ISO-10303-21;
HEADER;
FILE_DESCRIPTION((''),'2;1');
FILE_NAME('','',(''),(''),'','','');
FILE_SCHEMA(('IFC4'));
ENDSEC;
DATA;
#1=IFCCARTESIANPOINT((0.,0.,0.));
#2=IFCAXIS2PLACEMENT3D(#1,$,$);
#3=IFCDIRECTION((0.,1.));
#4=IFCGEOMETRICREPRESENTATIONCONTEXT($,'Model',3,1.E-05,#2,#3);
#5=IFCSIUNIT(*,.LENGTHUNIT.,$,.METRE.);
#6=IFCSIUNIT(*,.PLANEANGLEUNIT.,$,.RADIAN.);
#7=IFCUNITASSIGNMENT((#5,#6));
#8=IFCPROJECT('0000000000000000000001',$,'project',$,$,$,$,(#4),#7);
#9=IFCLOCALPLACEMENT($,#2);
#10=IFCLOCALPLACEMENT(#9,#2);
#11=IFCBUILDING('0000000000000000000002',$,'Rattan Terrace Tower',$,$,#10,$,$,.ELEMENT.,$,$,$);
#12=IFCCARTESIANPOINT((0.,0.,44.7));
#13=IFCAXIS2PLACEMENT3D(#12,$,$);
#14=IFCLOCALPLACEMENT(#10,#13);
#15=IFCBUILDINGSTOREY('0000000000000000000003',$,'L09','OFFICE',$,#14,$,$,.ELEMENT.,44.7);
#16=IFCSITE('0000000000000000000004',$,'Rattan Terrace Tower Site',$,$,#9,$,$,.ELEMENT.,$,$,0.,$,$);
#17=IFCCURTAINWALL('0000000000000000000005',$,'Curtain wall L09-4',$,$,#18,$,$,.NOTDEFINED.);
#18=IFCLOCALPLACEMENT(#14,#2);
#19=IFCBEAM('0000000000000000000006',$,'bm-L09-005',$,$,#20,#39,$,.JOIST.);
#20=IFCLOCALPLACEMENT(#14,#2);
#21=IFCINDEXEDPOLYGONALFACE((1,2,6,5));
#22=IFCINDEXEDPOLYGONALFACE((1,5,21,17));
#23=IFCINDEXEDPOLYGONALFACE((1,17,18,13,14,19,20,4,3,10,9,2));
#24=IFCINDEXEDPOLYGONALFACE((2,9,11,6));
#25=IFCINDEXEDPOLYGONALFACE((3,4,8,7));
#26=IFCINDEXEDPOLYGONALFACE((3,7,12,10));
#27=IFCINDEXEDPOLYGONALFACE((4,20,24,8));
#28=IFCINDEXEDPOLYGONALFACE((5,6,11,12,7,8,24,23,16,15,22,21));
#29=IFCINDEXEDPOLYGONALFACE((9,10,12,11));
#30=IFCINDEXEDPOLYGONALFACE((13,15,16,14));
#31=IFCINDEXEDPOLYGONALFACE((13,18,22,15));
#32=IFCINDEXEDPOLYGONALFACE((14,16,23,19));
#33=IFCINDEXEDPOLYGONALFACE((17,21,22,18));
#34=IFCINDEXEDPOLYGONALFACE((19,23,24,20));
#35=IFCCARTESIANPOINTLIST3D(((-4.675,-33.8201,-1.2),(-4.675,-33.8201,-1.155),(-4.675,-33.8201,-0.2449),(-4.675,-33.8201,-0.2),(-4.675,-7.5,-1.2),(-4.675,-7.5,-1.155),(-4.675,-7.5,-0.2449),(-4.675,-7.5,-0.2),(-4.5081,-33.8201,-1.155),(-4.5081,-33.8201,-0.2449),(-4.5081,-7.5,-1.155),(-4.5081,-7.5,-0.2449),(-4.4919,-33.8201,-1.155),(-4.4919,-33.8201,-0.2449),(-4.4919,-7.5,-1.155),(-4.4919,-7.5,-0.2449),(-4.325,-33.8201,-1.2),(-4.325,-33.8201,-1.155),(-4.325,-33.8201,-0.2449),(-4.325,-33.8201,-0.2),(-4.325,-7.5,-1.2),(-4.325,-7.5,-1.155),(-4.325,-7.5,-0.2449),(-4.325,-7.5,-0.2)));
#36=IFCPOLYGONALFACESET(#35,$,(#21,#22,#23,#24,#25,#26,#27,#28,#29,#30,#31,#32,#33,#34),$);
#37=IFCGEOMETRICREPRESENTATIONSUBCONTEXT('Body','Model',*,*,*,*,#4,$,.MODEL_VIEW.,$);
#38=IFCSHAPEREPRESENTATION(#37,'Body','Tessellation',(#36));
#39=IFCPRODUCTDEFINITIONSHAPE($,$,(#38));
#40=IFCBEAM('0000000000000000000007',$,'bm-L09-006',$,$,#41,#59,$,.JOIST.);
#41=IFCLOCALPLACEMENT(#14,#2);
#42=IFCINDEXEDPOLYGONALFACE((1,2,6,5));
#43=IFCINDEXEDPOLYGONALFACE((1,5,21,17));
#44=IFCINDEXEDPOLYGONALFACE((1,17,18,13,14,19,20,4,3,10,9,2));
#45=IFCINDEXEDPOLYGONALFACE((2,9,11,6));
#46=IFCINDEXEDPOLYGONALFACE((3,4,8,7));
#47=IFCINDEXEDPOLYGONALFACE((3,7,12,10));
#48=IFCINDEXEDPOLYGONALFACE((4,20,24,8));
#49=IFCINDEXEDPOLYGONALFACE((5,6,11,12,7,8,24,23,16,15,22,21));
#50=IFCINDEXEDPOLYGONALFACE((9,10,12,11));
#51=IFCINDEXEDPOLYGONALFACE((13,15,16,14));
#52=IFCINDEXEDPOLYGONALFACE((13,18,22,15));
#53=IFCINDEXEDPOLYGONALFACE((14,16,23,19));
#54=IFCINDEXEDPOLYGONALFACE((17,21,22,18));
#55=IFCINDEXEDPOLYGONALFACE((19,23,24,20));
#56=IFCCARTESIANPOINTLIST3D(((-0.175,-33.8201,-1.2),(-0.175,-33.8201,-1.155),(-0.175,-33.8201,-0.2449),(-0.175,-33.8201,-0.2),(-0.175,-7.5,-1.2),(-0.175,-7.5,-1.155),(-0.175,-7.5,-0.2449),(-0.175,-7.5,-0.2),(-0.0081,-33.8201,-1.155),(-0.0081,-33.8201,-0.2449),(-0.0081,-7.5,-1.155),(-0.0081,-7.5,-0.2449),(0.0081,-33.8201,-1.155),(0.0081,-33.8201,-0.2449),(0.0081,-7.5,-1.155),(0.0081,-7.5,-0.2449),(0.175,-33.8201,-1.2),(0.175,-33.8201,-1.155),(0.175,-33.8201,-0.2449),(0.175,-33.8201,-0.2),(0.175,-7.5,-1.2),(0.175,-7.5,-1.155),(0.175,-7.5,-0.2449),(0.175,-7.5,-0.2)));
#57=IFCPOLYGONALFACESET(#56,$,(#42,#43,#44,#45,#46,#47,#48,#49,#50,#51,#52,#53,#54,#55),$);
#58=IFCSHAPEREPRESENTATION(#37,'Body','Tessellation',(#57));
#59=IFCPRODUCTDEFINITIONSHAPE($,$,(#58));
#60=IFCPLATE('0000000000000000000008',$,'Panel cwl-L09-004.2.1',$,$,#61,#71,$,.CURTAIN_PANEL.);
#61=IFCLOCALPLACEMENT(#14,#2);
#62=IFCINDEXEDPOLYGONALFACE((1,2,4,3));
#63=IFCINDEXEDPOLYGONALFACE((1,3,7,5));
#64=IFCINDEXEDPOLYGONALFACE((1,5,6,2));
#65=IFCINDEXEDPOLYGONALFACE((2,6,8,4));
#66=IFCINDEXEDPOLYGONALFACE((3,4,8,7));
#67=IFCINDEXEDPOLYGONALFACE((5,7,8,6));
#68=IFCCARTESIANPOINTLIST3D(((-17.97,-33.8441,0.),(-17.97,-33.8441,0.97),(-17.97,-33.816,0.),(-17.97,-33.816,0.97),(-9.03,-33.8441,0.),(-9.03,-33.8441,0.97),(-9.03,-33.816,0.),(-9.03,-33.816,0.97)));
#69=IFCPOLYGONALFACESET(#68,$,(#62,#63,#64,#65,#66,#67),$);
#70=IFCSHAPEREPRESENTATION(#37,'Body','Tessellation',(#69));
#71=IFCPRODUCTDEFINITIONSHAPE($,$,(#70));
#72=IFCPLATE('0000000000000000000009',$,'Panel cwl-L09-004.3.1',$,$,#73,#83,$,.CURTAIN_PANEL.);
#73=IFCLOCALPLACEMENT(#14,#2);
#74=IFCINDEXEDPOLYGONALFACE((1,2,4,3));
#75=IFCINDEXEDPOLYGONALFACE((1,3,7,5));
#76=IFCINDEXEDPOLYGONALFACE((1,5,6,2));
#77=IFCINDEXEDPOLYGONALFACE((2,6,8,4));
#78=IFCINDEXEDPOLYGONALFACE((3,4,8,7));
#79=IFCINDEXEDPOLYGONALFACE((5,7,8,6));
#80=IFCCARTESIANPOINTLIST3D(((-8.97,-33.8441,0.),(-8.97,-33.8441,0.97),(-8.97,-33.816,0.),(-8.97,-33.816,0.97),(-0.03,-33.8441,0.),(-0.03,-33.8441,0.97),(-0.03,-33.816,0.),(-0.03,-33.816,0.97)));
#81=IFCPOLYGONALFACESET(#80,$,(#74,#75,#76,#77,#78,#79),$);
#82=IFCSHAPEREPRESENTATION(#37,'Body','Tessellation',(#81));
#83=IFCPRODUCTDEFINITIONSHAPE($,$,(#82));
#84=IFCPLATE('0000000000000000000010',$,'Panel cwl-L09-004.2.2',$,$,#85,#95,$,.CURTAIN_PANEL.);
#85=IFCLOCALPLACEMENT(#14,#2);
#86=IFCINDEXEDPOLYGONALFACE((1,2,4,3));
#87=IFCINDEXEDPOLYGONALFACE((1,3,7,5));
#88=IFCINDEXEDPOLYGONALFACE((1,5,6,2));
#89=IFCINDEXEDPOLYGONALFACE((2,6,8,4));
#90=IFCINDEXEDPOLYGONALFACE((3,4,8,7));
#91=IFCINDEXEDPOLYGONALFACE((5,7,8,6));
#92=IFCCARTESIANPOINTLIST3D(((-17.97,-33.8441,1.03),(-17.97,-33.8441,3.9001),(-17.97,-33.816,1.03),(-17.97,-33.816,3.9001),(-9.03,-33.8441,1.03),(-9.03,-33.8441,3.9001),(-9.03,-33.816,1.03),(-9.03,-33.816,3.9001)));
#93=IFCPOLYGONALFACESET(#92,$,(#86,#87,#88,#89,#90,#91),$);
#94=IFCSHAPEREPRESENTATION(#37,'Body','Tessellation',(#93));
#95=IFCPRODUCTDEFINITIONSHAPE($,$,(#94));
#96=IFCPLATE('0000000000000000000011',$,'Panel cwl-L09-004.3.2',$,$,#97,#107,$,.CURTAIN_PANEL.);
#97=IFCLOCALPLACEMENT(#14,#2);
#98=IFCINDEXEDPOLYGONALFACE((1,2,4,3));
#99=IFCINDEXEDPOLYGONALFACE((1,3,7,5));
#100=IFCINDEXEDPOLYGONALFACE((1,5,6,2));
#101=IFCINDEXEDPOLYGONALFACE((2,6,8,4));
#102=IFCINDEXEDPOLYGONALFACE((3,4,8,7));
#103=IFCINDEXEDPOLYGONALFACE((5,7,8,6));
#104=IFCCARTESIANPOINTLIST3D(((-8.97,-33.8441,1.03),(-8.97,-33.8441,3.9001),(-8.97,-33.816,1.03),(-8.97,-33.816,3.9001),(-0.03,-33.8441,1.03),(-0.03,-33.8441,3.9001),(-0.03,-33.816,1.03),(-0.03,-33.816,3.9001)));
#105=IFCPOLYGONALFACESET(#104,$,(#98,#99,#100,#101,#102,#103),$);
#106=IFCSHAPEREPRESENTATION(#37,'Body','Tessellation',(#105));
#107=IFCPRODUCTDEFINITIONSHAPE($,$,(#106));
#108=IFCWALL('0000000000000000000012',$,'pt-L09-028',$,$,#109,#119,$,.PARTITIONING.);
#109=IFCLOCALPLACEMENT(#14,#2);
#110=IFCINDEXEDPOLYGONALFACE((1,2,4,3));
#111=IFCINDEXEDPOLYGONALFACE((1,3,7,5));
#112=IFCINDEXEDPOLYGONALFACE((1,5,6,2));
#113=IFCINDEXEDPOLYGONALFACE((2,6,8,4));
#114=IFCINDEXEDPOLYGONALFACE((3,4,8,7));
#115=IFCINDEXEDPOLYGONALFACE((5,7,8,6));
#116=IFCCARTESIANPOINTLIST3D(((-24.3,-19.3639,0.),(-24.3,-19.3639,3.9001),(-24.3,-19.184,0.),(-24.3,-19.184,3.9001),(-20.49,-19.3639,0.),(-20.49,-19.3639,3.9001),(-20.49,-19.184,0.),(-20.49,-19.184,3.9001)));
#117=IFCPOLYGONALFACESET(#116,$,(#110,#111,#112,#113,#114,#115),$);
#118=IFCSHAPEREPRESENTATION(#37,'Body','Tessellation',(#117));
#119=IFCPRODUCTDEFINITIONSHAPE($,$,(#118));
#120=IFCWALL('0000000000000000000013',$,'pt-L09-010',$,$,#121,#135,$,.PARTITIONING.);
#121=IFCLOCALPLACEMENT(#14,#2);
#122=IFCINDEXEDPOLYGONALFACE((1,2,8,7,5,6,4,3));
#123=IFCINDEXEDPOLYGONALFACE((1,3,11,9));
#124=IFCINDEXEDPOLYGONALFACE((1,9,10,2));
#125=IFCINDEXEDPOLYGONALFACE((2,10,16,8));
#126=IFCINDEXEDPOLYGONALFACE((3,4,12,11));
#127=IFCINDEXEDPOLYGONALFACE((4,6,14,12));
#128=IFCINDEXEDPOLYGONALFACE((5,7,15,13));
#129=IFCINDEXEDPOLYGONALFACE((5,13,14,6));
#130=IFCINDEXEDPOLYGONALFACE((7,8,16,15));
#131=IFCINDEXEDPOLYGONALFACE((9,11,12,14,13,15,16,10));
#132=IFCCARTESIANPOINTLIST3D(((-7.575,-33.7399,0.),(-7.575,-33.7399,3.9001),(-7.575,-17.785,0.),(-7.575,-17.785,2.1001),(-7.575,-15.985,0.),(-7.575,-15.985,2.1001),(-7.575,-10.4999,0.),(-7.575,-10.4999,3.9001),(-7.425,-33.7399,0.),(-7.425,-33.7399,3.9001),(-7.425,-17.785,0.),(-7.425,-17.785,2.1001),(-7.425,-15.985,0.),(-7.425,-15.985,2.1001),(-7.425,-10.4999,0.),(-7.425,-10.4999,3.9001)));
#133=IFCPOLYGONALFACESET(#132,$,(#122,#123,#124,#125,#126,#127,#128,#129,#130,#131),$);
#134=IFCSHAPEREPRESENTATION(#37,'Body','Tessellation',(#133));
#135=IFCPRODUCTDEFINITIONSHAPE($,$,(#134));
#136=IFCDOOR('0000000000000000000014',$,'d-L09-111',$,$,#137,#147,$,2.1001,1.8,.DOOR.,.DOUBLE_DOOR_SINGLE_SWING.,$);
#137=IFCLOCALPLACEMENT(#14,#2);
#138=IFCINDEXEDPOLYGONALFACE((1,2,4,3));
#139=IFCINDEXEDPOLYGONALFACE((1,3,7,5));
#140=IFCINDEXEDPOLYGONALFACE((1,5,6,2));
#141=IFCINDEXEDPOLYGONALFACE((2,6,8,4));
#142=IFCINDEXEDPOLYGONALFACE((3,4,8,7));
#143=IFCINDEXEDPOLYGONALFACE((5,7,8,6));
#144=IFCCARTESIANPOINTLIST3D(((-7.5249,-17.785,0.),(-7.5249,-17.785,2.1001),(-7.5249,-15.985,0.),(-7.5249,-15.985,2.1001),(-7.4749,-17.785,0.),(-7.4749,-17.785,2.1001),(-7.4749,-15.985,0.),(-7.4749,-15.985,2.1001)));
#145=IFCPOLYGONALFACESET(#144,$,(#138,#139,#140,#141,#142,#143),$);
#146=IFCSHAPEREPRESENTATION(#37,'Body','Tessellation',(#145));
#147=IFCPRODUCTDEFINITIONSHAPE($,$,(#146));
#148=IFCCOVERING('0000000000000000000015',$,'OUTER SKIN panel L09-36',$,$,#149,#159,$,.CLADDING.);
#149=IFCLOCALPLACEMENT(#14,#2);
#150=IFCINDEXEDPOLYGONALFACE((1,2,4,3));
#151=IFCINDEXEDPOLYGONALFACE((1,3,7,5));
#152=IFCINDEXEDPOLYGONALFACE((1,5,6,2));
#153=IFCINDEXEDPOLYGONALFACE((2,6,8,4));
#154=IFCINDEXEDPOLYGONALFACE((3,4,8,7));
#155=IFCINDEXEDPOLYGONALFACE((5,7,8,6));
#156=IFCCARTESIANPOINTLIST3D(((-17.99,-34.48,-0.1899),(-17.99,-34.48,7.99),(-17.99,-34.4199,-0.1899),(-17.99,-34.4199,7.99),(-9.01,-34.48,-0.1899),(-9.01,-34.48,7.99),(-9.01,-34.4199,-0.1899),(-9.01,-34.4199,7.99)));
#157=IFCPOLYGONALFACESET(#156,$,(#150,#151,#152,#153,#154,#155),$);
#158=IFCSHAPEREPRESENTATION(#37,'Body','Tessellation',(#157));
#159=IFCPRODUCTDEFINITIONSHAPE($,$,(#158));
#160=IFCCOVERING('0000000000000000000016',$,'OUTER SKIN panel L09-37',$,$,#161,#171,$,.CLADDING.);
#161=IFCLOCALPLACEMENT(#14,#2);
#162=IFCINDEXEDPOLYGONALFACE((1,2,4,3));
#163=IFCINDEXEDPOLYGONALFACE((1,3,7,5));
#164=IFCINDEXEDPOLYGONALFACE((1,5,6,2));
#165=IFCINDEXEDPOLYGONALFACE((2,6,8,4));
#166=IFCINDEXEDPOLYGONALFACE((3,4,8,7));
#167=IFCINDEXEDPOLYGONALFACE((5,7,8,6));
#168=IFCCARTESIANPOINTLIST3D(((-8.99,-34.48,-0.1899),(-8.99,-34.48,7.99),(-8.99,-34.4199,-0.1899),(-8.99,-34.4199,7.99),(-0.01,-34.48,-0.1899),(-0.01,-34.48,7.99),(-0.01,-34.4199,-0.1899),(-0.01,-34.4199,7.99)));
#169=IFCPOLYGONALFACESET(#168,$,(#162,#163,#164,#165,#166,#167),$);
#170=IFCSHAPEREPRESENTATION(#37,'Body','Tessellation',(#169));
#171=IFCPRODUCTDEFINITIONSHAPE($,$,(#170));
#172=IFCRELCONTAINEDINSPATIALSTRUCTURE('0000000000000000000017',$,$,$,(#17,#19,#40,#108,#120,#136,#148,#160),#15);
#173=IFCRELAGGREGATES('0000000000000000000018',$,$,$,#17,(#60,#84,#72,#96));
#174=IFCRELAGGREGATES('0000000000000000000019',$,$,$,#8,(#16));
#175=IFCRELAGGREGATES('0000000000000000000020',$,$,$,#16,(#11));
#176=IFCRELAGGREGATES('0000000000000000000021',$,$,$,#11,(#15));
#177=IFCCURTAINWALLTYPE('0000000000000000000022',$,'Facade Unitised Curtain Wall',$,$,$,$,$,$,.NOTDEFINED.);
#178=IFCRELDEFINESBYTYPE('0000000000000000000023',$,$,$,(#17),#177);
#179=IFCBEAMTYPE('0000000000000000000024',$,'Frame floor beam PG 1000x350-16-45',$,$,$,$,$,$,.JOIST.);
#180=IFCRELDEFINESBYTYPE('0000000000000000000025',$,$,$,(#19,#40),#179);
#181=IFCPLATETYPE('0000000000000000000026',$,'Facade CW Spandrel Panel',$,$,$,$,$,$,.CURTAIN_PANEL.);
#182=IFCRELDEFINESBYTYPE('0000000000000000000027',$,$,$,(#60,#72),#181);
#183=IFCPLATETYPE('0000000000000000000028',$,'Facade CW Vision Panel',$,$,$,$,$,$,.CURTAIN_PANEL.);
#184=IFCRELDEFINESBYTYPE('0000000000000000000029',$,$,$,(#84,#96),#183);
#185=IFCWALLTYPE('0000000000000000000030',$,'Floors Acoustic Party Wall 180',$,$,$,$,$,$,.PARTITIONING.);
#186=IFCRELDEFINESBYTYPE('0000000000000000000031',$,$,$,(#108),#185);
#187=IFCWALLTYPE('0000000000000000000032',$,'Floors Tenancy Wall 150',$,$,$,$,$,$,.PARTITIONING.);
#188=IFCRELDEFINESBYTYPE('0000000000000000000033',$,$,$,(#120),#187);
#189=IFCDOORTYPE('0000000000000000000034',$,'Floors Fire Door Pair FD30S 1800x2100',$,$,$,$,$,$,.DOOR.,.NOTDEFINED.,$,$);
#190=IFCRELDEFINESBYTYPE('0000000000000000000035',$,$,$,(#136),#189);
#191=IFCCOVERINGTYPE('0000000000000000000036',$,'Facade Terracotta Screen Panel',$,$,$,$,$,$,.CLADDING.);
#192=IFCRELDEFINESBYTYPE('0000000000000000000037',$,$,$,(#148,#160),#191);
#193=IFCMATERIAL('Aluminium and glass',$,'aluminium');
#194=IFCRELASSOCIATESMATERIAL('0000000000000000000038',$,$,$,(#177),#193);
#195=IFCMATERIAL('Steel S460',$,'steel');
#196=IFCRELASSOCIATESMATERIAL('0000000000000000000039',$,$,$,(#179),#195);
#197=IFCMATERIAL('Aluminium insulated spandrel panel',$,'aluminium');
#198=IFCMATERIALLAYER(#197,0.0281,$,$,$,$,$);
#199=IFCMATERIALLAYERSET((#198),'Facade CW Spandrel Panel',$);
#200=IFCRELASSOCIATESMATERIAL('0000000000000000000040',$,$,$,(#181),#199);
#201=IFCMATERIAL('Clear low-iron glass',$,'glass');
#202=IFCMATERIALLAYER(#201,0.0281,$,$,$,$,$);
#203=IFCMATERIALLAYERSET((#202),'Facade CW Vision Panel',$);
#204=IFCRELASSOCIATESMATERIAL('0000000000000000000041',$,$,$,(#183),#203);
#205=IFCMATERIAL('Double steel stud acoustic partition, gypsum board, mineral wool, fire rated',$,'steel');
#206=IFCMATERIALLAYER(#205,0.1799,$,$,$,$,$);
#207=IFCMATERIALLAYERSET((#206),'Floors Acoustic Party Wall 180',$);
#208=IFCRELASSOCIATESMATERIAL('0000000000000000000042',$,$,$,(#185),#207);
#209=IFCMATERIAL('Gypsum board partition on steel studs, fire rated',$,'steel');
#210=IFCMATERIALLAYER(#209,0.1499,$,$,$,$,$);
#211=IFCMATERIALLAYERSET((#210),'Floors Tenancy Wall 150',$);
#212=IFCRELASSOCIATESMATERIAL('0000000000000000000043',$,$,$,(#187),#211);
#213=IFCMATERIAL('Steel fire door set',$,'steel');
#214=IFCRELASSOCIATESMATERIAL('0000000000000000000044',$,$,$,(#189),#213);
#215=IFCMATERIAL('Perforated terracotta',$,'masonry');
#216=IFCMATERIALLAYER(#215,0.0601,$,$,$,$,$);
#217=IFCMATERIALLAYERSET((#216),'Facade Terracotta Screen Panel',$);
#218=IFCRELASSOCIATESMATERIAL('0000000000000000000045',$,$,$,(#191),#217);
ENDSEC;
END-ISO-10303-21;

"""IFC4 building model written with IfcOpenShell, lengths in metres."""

from ifc_helpers import new_model, si_unit, direction, frame, frame_2d, origin, origin_2d, place, context, subcontext, project, spatial, rectangle, i_section, extrude, material, layer, layer_set, material_profile, profile_set, type_object, element, fill, aggregate, save


model = new_model("IFC4")

# Units and contexts
model_context = context("Model", 3, precision=1e-05, world=origin(), true_north=direction((0.0, 1.0)))
body_context = subcontext(model_context, "Body", "Model", "MODEL_VIEW")
ifc_project = project(units=[si_unit("LENGTHUNIT", "METRE"), si_unit("PLANEANGLEUNIT", "RADIAN")], contexts=[model_context])

# Site, building, storey
site_placement = place(None, origin())
site = spatial("IfcSite", under=ifc_project, at=site_placement, Name="Rattan Terrace Tower Site", CompositionType="ELEMENT", RefElevation=0.0)
building_placement = place(site_placement, origin())
building = spatial("IfcBuilding", under=site, at=building_placement, Name="Rattan Terrace Tower", CompositionType="ELEMENT")
storey_placement = place(building_placement, frame((0.0, 0.0, 44.7)))
storey = spatial("IfcBuildingStorey", under=building, at=storey_placement, Name="L09", Description="OFFICE", CompositionType="ELEMENT", Elevation=44.7)

# Curtain wall
ifc_material_1 = material(Name="Aluminium and glass", Category="aluminium")
curtain_wall_type = type_object("IfcCurtainWallType", Name="Facade Unitised Curtain Wall", PredefinedType="NOTDEFINED", material=ifc_material_1)
curtain_wall_placement = place(storey_placement, origin())
curtain_wall = element("IfcCurtainWall", 1, at=curtain_wall_placement, inside=storey, type_object=curtain_wall_type, Name="Curtain wall L09-4", PredefinedType="NOTDEFINED")

# Beams
ifc_material_2 = material(Name="Steel S460", Category="steel")
ifc_material_profile_1 = material_profile(ifc_material_2, i_section(OverallWidth=0.3501, OverallDepth=1.0, WebThickness=0.0161, FlangeThickness=0.0449, at=origin_2d()), Name="PG 1000x350-16-45")
ifc_profile_set_1 = profile_set([ifc_material_profile_1], Name="Steel S460")
beam_type_1 = type_object("IfcBeamType", Name="Frame floor beam PG 1000x350-16-45", PredefinedType="JOIST", material=ifc_profile_set_1)
for number, where, z_axis, x_axis, name in (
    (2, (-4.5, -33.8201, -0.7), (0.0, 1.0, 0.0), (-1.0, 0.0, 0.0), "bm-L09-005"),
    (3, (0.0, -33.8201, -0.7), (0.0, 1.0, 0.0), (-1.0, 0.0, 0.0), "bm-L09-006"),
):
    element("IfcBeam", number, at=place(storey_placement, frame(where, z_axis=z_axis, x_axis=x_axis)), inside=storey, type_object=beam_type_1, Name=name, PredefinedType="JOIST", context=body_context, shape_type="SweptSolid", body=[
        extrude(i_section(OverallWidth=0.3501, OverallDepth=1.0, WebThickness=0.0161, FlangeThickness=0.0449, at=origin_2d()), origin(), (0.0, 0.0, 1.0), 26.3201),
    ])

# Plates
ifc_material_3 = material(Name="Aluminium insulated spandrel panel", Category="aluminium")
ifc_layer_1 = layer(ifc_material_3, 0.0281)
ifc_layer_set_1 = layer_set([ifc_layer_1], Name="Facade CW Spandrel Panel")
plate_type_1 = type_object("IfcPlateType", Name="Facade CW Spandrel Panel", PredefinedType="CURTAIN_PANEL", material=ifc_layer_set_1)
plate_1_placement = place(storey_placement, frame((-13.5, -33.8301, 0.0), z_axis=(0.0, 0.0, 1.0), x_axis=(1.0, 0.0, 0.0)))
plate_1 = element("IfcPlate", 4, at=plate_1_placement, type_object=plate_type_1, Name="Panel cwl-L09-004.2.1", PredefinedType="CURTAIN_PANEL", context=body_context, shape_type="SweptSolid", body=[
    extrude(rectangle(XDim=8.9399, YDim=0.0281, at=origin_2d()), origin(), (0.0, 0.0, 1.0), 0.97),
])
plate_2_placement = place(storey_placement, frame((-4.5, -33.8301, 0.0), z_axis=(0.0, 0.0, 1.0), x_axis=(1.0, 0.0, 0.0)))
plate_2 = element("IfcPlate", 5, at=plate_2_placement, type_object=plate_type_1, Name="Panel cwl-L09-004.3.1", PredefinedType="CURTAIN_PANEL", context=body_context, shape_type="SweptSolid", body=[
    extrude(rectangle(XDim=8.9399, YDim=0.0281, at=origin_2d()), origin(), (0.0, 0.0, 1.0), 0.97),
])
ifc_material_4 = material(Name="Clear low-iron glass", Category="glass")
ifc_layer_2 = layer(ifc_material_4, 0.0281)
ifc_layer_set_2 = layer_set([ifc_layer_2], Name="Facade CW Vision Panel")
plate_type_2 = type_object("IfcPlateType", Name="Facade CW Vision Panel", PredefinedType="CURTAIN_PANEL", material=ifc_layer_set_2)
plate_3_placement = place(storey_placement, frame((-13.5, -33.8301, 1.03), z_axis=(0.0, 0.0, 1.0), x_axis=(1.0, 0.0, 0.0)))
plate_3 = element("IfcPlate", 6, at=plate_3_placement, type_object=plate_type_2, Name="Panel cwl-L09-004.2.2", PredefinedType="CURTAIN_PANEL", context=body_context, shape_type="SweptSolid", body=[
    extrude(rectangle(XDim=8.9399, YDim=0.0281, at=origin_2d()), origin(), (0.0, 0.0, 1.0), 2.8701),
])
plate_4_placement = place(storey_placement, frame((-4.5, -33.8301, 1.03), z_axis=(0.0, 0.0, 1.0), x_axis=(1.0, 0.0, 0.0)))
plate_4 = element("IfcPlate", 7, at=plate_4_placement, type_object=plate_type_2, Name="Panel cwl-L09-004.3.2", PredefinedType="CURTAIN_PANEL", context=body_context, shape_type="SweptSolid", body=[
    extrude(rectangle(XDim=8.9399, YDim=0.0281, at=origin_2d()), origin(), (0.0, 0.0, 1.0), 2.8701),
])
aggregate(curtain_wall, [plate_1, plate_3, plate_2, plate_4])

# Wall
ifc_material_5 = material(Name="Double steel stud acoustic partition, gypsum board, mineral wool, fire rated", Category="steel")
ifc_layer_3 = layer(ifc_material_5, 0.1799)
ifc_layer_set_3 = layer_set([ifc_layer_3], Name="Floors Acoustic Party Wall 180")
wall_type_1 = type_object("IfcWallType", Name="Floors Acoustic Party Wall 180", PredefinedType="PARTITIONING", material=ifc_layer_set_3)
wall_1_placement = place(storey_placement, frame((-20.49, -19.2739, 0.0), z_axis=(0.0, 0.0, 1.0), x_axis=(-1.0, 0.0, 0.0)))
element("IfcWall", 8, at=wall_1_placement, inside=storey, type_object=wall_type_1, Name="pt-L09-028", PredefinedType="PARTITIONING", context=body_context, shape_type="SweptSolid", body=[
    extrude(rectangle(XDim=3.8101, YDim=0.1799, at=frame_2d((1.905, 0.0))), origin(), (0.0, 0.0, 1.0), 3.9001),
])

# Wall, opening, door
ifc_material_6 = material(Name="Gypsum board partition on steel studs, fire rated", Category="steel")
ifc_layer_4 = layer(ifc_material_6, 0.1499)
ifc_layer_set_4 = layer_set([ifc_layer_4], Name="Floors Tenancy Wall 150")
wall_type_2 = type_object("IfcWallType", Name="Floors Tenancy Wall 150", PredefinedType="PARTITIONING", material=ifc_layer_set_4)
wall_2_placement = place(storey_placement, frame((-7.5, -33.74, 0.0), z_axis=(0.0, 0.0, 1.0), x_axis=(0.0, 1.0, 0.0)))
wall_2 = element("IfcWall", 9, at=wall_2_placement, inside=storey, type_object=wall_type_2, Name="pt-L09-010", PredefinedType="PARTITIONING", context=body_context, shape_type="SweptSolid", body=[
    extrude(rectangle(XDim=23.24, YDim=0.1499, at=frame_2d((11.6201, 0.0))), origin(), (0.0, 0.0, 1.0), 3.9001),
])
opening_placement = place(wall_2_placement, frame((15.9551, 0.0, 0.0)))
opening = element("IfcOpeningElement", 10, at=opening_placement, cuts=wall_2, PredefinedType="OPENING", context=body_context, shape_type="SweptSolid", body=[
    extrude(rectangle(XDim=1.8, YDim=2.1001, at=frame_2d((0.8999, 1.05))), frame((0.0, 0.0854, 0.0), z_axis=(0.0, -1.0, 0.0), x_axis=(1.0, 0.0, 0.0)), (0.0, 0.0, 1.0), 0.1709),
])
ifc_material_7 = material(Name="Steel fire door set", Category="steel")
door_type = type_object("IfcDoorType", Name="Floors Fire Door Pair FD30S 1800x2100", OperationType="NOTDEFINED", PredefinedType="DOOR", material=ifc_material_7)
door_placement = place(opening_placement, origin())
door = element("IfcDoor", 11, at=door_placement, inside=storey, type_object=door_type, Name="d-L09-111", OperationType="DOUBLE_DOOR_SINGLE_SWING", OverallHeight=2.1001, OverallWidth=1.8, PredefinedType="DOOR", context=body_context, shape_type="SweptSolid", body=[
    extrude(rectangle(XDim=1.8, YDim=2.1001, at=frame_2d((0.8999, 1.05))), frame((0.0, 0.0249, 0.0), z_axis=(0.0, -1.0, 0.0), x_axis=(1.0, 0.0, 0.0)), (0.0, 0.0, 1.0), 0.05),
])
fill(opening, door)

# Coverings
ifc_material_8 = material(Name="Perforated terracotta", Category="masonry")
ifc_layer_5 = layer(ifc_material_8, 0.0601)
ifc_layer_set_5 = layer_set([ifc_layer_5], Name="Facade Terracotta Screen Panel")
covering_type = type_object("IfcCoveringType", Name="Facade Terracotta Screen Panel", PredefinedType="CLADDING", material=ifc_layer_set_5)
for number, where, z_axis, x_axis, name in (
    (12, (-13.5, -34.45, -0.1899), (0.0, 0.0, 1.0), (1.0, 0.0, 0.0), "OUTER SKIN panel L09-36"),
    (13, (-4.5, -34.45, -0.1899), (0.0, 0.0, 1.0), (1.0, 0.0, 0.0), "OUTER SKIN panel L09-37"),
):
    element("IfcCovering", number, at=place(storey_placement, frame(where, z_axis=z_axis, x_axis=x_axis)), inside=storey, type_object=covering_type, Name=name, PredefinedType="CLADDING", context=body_context, shape_type="SweptSolid", body=[
        extrude(rectangle(XDim=8.98, YDim=0.0601, at=origin_2d()), origin(), (0.0, 0.0, 1.0), 8.1799),
    ])

save(model, "model.ifc")
